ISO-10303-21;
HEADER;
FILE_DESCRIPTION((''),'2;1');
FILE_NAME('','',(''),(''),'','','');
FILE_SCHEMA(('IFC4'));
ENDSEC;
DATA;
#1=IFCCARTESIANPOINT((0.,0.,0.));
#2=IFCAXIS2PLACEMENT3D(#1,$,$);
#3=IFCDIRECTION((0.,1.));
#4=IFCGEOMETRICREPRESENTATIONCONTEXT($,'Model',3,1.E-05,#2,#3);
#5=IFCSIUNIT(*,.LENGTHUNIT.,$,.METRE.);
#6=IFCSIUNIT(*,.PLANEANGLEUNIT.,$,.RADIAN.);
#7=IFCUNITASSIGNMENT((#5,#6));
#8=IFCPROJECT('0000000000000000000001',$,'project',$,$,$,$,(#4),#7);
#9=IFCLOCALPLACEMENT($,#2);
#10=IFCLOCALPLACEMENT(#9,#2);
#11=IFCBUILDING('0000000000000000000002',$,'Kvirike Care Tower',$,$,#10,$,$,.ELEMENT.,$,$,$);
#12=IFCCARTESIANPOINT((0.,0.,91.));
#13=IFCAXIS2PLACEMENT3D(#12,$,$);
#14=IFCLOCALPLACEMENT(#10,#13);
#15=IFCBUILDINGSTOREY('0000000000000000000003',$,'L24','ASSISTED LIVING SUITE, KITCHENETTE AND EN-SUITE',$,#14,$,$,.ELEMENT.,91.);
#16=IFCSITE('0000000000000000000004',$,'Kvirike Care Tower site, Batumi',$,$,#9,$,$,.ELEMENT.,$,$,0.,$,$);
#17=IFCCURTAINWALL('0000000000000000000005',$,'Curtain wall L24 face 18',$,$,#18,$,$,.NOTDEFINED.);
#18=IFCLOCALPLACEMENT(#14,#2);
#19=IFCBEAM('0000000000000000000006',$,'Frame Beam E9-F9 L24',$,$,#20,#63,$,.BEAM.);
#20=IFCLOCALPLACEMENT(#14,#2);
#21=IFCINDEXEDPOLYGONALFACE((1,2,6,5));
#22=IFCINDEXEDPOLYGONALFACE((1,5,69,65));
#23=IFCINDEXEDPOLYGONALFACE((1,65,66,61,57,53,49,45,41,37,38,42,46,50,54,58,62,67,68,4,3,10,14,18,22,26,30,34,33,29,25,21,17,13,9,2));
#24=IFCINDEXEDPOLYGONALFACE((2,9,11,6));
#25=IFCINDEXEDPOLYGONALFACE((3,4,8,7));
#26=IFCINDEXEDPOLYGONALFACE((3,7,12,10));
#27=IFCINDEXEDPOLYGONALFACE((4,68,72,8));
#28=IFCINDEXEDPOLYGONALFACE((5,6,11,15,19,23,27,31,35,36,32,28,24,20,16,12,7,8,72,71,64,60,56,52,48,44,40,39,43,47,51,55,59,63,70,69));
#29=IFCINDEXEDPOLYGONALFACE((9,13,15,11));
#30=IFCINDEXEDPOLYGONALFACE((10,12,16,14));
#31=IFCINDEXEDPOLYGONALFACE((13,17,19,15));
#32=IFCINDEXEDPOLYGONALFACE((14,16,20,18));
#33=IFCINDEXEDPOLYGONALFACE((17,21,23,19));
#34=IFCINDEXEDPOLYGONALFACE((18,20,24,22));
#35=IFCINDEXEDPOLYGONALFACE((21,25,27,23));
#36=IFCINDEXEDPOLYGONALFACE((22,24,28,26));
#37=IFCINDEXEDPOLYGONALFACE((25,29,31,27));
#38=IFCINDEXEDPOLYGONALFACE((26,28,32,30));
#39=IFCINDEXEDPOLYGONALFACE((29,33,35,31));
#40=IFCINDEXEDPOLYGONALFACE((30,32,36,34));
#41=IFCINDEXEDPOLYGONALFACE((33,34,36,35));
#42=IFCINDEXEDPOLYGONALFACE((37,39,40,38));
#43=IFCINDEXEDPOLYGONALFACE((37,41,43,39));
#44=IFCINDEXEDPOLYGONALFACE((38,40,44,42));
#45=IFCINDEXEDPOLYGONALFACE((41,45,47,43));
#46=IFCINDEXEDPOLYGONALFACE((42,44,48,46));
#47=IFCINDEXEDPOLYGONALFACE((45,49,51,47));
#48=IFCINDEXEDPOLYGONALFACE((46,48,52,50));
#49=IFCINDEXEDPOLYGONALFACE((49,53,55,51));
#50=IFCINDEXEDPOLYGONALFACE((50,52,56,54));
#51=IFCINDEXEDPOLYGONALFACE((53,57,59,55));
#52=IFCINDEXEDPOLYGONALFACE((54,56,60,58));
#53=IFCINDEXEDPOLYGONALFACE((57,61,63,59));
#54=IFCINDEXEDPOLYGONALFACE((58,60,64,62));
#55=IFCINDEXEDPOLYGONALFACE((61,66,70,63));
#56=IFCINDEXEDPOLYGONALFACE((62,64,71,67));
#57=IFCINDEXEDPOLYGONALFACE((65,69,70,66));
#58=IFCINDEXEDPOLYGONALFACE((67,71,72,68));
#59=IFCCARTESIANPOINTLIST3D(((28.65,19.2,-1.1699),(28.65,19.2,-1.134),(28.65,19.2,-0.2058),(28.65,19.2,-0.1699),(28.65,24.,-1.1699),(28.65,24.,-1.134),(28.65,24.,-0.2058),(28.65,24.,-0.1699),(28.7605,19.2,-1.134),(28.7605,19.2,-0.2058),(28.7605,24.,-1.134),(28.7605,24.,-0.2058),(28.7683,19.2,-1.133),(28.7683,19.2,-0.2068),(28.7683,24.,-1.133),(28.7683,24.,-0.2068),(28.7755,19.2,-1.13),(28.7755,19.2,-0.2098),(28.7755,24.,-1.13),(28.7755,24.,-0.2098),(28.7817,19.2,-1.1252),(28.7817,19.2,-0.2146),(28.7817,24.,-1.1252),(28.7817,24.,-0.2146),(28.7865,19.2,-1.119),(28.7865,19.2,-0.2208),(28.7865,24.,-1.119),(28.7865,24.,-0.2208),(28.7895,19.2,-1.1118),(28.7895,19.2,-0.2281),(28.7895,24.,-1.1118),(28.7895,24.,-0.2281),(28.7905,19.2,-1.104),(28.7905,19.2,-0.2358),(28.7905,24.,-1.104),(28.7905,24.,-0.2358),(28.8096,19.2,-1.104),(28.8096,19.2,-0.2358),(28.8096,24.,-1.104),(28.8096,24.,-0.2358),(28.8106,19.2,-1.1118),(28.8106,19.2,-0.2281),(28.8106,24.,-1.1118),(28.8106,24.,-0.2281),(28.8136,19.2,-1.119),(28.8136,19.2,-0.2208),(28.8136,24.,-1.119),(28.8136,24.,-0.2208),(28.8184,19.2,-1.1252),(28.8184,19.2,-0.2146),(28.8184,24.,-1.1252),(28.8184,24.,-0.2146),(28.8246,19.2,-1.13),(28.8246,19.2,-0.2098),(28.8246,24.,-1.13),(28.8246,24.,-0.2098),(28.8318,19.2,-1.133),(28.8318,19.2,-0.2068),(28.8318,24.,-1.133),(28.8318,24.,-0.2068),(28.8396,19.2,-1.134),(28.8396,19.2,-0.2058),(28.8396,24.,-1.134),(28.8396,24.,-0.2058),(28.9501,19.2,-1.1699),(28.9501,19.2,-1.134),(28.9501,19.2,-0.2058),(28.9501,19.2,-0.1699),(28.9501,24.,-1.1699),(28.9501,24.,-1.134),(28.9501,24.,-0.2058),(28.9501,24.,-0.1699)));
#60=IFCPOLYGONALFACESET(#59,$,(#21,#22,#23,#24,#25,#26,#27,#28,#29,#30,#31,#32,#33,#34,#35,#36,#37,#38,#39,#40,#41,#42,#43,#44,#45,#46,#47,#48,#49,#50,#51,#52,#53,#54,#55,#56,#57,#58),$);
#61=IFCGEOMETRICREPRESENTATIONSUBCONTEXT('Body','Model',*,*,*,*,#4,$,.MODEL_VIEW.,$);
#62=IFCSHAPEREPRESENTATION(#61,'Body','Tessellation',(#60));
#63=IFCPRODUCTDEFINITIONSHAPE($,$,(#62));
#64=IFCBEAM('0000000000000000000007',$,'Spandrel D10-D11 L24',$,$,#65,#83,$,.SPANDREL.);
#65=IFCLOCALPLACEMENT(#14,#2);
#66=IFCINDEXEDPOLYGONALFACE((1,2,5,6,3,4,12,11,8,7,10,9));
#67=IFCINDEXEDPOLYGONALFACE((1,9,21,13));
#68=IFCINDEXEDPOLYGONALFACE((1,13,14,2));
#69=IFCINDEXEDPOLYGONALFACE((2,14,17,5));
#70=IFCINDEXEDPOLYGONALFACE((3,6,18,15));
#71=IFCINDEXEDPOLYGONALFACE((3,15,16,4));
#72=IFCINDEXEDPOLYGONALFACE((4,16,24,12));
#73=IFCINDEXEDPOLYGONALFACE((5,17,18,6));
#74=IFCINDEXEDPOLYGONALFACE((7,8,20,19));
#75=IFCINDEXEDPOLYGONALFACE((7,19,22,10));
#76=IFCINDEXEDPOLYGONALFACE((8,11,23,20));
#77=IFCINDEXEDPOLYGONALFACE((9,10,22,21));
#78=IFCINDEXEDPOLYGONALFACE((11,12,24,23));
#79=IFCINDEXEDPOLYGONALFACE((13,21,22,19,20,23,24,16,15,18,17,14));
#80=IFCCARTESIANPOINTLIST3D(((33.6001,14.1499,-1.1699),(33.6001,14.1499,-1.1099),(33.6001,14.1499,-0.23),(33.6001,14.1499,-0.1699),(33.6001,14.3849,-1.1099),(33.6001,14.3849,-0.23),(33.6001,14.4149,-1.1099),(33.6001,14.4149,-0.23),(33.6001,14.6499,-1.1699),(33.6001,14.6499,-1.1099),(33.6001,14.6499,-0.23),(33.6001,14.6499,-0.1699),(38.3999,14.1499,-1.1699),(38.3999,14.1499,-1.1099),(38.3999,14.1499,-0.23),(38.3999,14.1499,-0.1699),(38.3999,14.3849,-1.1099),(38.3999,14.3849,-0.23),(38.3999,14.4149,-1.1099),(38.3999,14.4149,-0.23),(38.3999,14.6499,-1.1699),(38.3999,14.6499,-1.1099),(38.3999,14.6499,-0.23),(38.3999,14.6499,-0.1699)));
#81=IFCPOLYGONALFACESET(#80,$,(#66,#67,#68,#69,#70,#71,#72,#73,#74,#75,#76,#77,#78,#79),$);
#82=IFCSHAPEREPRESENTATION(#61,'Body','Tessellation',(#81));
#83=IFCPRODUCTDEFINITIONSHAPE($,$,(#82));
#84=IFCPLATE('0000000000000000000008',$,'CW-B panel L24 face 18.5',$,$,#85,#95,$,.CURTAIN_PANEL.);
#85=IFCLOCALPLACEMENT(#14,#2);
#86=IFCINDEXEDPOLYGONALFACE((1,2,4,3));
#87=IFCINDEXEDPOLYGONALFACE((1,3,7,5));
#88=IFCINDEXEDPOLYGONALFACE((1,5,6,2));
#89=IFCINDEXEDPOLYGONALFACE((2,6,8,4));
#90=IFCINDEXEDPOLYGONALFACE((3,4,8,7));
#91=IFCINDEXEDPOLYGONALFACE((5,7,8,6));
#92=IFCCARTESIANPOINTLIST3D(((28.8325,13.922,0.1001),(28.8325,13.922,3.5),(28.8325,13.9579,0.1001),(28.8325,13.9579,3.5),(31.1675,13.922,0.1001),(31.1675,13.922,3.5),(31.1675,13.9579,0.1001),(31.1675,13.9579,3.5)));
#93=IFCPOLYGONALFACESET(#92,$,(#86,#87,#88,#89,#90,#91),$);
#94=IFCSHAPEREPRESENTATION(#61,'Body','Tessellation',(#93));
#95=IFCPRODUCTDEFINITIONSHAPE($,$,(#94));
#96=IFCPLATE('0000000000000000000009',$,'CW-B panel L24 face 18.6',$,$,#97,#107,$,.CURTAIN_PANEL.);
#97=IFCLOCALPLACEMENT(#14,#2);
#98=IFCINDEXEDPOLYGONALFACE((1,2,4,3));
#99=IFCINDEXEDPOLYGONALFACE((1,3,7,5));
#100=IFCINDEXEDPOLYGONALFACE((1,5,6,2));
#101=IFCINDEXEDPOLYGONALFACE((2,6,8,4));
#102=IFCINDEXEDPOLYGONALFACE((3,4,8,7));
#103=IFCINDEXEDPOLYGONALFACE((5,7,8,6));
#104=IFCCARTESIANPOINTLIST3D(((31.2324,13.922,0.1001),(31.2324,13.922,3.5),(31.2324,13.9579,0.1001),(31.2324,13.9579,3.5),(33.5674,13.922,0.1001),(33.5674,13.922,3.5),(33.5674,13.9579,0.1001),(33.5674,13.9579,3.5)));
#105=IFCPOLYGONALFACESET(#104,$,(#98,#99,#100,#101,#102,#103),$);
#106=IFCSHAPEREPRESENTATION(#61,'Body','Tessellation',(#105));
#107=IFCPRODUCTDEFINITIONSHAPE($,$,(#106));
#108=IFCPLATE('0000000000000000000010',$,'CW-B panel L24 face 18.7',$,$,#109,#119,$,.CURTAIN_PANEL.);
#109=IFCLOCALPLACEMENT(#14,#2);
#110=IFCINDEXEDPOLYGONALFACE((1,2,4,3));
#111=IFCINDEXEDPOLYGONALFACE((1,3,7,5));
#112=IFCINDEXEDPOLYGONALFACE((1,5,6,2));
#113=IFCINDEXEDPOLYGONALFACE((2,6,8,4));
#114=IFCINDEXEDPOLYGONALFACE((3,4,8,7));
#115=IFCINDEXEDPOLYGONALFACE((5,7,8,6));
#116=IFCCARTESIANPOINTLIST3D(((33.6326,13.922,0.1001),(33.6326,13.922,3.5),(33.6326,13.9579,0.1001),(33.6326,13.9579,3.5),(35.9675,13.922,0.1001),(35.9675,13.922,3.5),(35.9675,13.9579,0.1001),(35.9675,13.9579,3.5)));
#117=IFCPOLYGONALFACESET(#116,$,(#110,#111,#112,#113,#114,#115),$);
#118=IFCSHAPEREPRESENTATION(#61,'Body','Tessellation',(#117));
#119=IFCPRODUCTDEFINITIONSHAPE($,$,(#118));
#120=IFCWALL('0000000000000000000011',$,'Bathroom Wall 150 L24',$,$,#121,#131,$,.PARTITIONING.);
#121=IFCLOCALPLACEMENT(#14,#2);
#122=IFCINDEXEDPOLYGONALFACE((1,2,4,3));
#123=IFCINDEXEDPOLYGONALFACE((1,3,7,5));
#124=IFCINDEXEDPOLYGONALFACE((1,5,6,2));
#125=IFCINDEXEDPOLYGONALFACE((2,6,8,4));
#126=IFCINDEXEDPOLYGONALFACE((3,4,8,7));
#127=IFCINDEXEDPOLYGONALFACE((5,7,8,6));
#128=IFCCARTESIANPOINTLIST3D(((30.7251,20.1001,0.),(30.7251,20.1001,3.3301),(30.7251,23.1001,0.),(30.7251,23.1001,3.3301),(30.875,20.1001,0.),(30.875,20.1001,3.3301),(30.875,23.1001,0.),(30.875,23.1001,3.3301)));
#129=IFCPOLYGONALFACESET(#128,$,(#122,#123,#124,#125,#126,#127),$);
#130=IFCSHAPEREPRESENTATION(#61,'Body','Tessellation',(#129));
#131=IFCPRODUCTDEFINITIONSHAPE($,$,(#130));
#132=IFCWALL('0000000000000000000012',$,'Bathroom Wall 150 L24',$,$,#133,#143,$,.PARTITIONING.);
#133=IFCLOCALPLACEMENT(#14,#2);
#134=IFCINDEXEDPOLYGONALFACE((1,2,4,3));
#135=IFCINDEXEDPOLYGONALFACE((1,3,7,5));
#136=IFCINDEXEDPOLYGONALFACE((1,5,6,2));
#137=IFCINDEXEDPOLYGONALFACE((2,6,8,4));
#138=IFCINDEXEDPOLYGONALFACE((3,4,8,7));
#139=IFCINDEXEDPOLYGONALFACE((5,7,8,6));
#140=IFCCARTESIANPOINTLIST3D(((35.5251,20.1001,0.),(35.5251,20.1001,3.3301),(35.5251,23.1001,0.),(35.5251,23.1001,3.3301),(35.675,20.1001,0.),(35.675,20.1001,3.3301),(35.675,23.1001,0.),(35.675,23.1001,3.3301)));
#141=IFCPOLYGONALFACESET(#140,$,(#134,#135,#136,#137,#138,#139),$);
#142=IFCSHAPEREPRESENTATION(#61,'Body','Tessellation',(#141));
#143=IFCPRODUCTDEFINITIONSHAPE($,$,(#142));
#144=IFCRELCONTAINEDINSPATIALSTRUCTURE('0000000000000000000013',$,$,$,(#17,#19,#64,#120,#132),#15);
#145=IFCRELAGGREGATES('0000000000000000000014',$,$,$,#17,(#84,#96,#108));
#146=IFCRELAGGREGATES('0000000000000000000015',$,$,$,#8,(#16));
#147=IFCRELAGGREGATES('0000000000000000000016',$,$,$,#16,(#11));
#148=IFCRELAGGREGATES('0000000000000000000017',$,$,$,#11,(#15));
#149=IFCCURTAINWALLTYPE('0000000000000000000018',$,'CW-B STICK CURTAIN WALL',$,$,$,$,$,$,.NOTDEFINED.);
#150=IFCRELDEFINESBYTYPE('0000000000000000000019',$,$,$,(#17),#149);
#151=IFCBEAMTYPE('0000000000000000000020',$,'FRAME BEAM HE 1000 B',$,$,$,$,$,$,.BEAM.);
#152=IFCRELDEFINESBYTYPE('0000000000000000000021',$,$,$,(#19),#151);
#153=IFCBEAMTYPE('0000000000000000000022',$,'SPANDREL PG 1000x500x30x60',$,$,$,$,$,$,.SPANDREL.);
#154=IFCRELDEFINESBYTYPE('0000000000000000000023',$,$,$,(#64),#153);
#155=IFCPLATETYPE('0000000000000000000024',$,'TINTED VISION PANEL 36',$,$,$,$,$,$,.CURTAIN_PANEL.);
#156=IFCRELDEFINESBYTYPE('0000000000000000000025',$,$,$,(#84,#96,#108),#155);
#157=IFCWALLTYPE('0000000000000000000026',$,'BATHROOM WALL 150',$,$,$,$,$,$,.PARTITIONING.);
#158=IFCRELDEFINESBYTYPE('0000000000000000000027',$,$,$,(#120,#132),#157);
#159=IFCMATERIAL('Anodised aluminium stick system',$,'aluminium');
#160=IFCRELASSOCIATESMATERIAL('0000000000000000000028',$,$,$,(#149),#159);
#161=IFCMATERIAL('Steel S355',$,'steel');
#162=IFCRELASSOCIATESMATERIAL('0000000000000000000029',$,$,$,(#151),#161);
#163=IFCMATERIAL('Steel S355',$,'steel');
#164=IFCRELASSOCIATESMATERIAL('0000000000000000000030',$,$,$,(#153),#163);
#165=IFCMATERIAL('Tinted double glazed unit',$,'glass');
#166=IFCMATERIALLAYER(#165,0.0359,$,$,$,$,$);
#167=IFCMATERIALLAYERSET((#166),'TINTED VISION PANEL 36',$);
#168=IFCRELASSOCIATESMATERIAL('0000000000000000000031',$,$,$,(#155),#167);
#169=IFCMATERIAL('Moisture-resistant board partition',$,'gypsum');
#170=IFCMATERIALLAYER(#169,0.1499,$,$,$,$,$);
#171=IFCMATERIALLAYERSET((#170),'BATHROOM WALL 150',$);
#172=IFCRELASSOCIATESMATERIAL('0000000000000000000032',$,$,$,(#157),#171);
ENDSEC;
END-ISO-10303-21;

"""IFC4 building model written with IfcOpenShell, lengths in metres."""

from ifc_helpers import new_model, si_unit, direction, frame, frame_2d, origin, origin_2d, place, context, subcontext, project, spatial, rectangle, i_section, extrude, material, layer, layer_set, material_profile, profile_set, type_object, element, aggregate, save


model = new_model("IFC4")

# Units and contexts
model_context = context("Model", 3, precision=1e-05, world=origin(), true_north=direction((0.0, 1.0)))
body_context = subcontext(model_context, "Body", "Model", "MODEL_VIEW")
ifc_project = project(units=[si_unit("LENGTHUNIT", "METRE"), si_unit("PLANEANGLEUNIT", "RADIAN")], contexts=[model_context])

# Site, building, storey
site_placement = place(None, origin())
site = spatial("IfcSite", under=ifc_project, at=site_placement, Name="Kvirike Care Tower site, Batumi", CompositionType="ELEMENT", RefElevation=0.0)
building_placement = place(site_placement, origin())
building = spatial("IfcBuilding", under=site, at=building_placement, Name="Kvirike Care Tower", CompositionType="ELEMENT")
storey_placement = place(building_placement, frame((0.0, 0.0, 91.0)))
storey = spatial("IfcBuildingStorey", under=building, at=storey_placement, Name="L24", Description="ASSISTED LIVING SUITE, KITCHENETTE AND EN-SUITE", CompositionType="ELEMENT", Elevation=91.0)

# Curtain wall
ifc_material_1 = material(Name="Anodised aluminium stick system", Category="aluminium")
curtain_wall_type = type_object("IfcCurtainWallType", Name="CW-B STICK CURTAIN WALL", PredefinedType="NOTDEFINED", material=ifc_material_1)
curtain_wall_placement = place(storey_placement, origin())
curtain_wall = element("IfcCurtainWall", 1, at=curtain_wall_placement, inside=storey, type_object=curtain_wall_type, Name="Curtain wall L24 face 18", PredefinedType="NOTDEFINED")

# Beams
ifc_material_2 = material(Name="Steel S355", Category="steel")
ifc_material_profile_1 = material_profile(ifc_material_2, i_section(OverallWidth=0.3, OverallDepth=1.0, WebThickness=0.019, FlangeThickness=0.0359, FilletRadius=0.03, at=origin_2d()), Name="HE 1000 B")
ifc_profile_set_1 = profile_set([ifc_material_profile_1], Name="Steel S355")
beam_type_1 = type_object("IfcBeamType", Name="FRAME BEAM HE 1000 B", PredefinedType="BEAM", material=ifc_profile_set_1)
beam_1_placement = place(storey_placement, frame((28.8, 19.2, -0.6699), z_axis=(0.0, 1.0, 0.0), x_axis=(-1.0, 0.0, 0.0)))
element("IfcBeam", 2, at=beam_1_placement, inside=storey, type_object=beam_type_1, Name="Frame Beam E9-F9 L24", PredefinedType="BEAM", context=body_context, shape_type="SweptSolid", body=[
    extrude(i_section(OverallWidth=0.3, OverallDepth=1.0, WebThickness=0.019, FlangeThickness=0.0359, FilletRadius=0.03, at=origin_2d()), origin(), (0.0, 0.0, 1.0), 4.8),
])
ifc_material_3 = material(Name="Steel S355", Category="steel")
ifc_material_profile_2 = material_profile(ifc_material_3, i_section(OverallWidth=0.5, OverallDepth=1.0, WebThickness=0.03, FlangeThickness=0.0601, at=origin_2d()), Name="PG 1000x500x30x60")
ifc_profile_set_2 = profile_set([ifc_material_profile_2], Name="Steel S355")
beam_type_2 = type_object("IfcBeamType", Name="SPANDREL PG 1000x500x30x60", PredefinedType="SPANDREL", material=ifc_profile_set_2)
beam_2_placement = place(storey_placement, frame((33.6001, 14.3999, -0.6699), z_axis=(1.0, 0.0, 0.0), x_axis=(0.0, 1.0, 0.0)))
element("IfcBeam", 3, at=beam_2_placement, inside=storey, type_object=beam_type_2, Name="Spandrel D10-D11 L24", PredefinedType="SPANDREL", context=body_context, shape_type="SweptSolid", body=[
    extrude(i_section(OverallWidth=0.5, OverallDepth=1.0, WebThickness=0.03, FlangeThickness=0.0601, at=origin_2d()), origin(), (0.0, 0.0, 1.0), 4.7998),
])

# Plates
ifc_material_4 = material(Name="Tinted double glazed unit", Category="glass")
ifc_layer_1 = layer(ifc_material_4, 0.0359)
ifc_layer_set_1 = layer_set([ifc_layer_1], Name="TINTED VISION PANEL 36")
plate_type = type_object("IfcPlateType", Name="TINTED VISION PANEL 36", PredefinedType="CURTAIN_PANEL", material=ifc_layer_set_1)
plate_1_placement = place(storey_placement, frame((30.0, 13.9399, 0.1001), z_axis=(0.0, 0.0, 1.0), x_axis=(1.0, 0.0, 0.0)))
plate_1 = element("IfcPlate", 4, at=plate_1_placement, type_object=plate_type, Name="CW-B panel L24 face 18.5", PredefinedType="CURTAIN_PANEL", context=body_context, shape_type="SweptSolid", body=[
    extrude(rectangle(XDim=2.335, YDim=0.0359, at=origin_2d()), origin(), (0.0, 0.0, 1.0), 3.3999),
])
plate_2_placement = place(storey_placement, frame((32.3999, 13.9399, 0.1001), z_axis=(0.0, 0.0, 1.0), x_axis=(1.0, 0.0, 0.0)))
plate_2 = element("IfcPlate", 5, at=plate_2_placement, type_object=plate_type, Name="CW-B panel L24 face 18.6", PredefinedType="CURTAIN_PANEL", context=body_context, shape_type="SweptSolid", body=[
    extrude(rectangle(XDim=2.335, YDim=0.0359, at=origin_2d()), origin(), (0.0, 0.0, 1.0), 3.3999),
])
plate_3_placement = place(storey_placement, frame((34.8, 13.9399, 0.1001), z_axis=(0.0, 0.0, 1.0), x_axis=(1.0, 0.0, 0.0)))
plate_3 = element("IfcPlate", 6, at=plate_3_placement, type_object=plate_type, Name="CW-B panel L24 face 18.7", PredefinedType="CURTAIN_PANEL", context=body_context, shape_type="SweptSolid", body=[
    extrude(rectangle(XDim=2.335, YDim=0.0359, at=origin_2d()), origin(), (0.0, 0.0, 1.0), 3.3999),
])
aggregate(curtain_wall, [plate_1, plate_2, plate_3])

# Walls
ifc_material_5 = material(Name="Moisture-resistant board partition", Category="gypsum")
ifc_layer_2 = layer(ifc_material_5, 0.1499)
ifc_layer_set_2 = layer_set([ifc_layer_2], Name="BATHROOM WALL 150")
wall_type_1 = type_object("IfcWallType", Name="BATHROOM WALL 150", PredefinedType="PARTITIONING", material=ifc_layer_set_2)
for number, where, z_axis, x_axis, name in (
    (7, (30.8, 20.1001, 0.0), (0.0, 0.0, 1.0), (0.0, 1.0, 0.0), "Bathroom Wall 150 L24"),
    (8, (35.6001, 20.1001, 0.0), (0.0, 0.0, 1.0), (0.0, 1.0, 0.0), "Bathroom Wall 150 L24"),
):
    element("IfcWall", number, at=place(storey_placement, frame(where, z_axis=z_axis, x_axis=x_axis)), inside=storey, type_object=wall_type_1, Name=name, PredefinedType="PARTITIONING", context=body_context, shape_type="SweptSolid", body=[
        extrude(rectangle(XDim=3.0, YDim=0.1499, at=frame_2d((1.5, 0.0))), origin(), (0.0, 0.0, 1.0), 3.3301),
    ])

save(model, "model.ifc")
